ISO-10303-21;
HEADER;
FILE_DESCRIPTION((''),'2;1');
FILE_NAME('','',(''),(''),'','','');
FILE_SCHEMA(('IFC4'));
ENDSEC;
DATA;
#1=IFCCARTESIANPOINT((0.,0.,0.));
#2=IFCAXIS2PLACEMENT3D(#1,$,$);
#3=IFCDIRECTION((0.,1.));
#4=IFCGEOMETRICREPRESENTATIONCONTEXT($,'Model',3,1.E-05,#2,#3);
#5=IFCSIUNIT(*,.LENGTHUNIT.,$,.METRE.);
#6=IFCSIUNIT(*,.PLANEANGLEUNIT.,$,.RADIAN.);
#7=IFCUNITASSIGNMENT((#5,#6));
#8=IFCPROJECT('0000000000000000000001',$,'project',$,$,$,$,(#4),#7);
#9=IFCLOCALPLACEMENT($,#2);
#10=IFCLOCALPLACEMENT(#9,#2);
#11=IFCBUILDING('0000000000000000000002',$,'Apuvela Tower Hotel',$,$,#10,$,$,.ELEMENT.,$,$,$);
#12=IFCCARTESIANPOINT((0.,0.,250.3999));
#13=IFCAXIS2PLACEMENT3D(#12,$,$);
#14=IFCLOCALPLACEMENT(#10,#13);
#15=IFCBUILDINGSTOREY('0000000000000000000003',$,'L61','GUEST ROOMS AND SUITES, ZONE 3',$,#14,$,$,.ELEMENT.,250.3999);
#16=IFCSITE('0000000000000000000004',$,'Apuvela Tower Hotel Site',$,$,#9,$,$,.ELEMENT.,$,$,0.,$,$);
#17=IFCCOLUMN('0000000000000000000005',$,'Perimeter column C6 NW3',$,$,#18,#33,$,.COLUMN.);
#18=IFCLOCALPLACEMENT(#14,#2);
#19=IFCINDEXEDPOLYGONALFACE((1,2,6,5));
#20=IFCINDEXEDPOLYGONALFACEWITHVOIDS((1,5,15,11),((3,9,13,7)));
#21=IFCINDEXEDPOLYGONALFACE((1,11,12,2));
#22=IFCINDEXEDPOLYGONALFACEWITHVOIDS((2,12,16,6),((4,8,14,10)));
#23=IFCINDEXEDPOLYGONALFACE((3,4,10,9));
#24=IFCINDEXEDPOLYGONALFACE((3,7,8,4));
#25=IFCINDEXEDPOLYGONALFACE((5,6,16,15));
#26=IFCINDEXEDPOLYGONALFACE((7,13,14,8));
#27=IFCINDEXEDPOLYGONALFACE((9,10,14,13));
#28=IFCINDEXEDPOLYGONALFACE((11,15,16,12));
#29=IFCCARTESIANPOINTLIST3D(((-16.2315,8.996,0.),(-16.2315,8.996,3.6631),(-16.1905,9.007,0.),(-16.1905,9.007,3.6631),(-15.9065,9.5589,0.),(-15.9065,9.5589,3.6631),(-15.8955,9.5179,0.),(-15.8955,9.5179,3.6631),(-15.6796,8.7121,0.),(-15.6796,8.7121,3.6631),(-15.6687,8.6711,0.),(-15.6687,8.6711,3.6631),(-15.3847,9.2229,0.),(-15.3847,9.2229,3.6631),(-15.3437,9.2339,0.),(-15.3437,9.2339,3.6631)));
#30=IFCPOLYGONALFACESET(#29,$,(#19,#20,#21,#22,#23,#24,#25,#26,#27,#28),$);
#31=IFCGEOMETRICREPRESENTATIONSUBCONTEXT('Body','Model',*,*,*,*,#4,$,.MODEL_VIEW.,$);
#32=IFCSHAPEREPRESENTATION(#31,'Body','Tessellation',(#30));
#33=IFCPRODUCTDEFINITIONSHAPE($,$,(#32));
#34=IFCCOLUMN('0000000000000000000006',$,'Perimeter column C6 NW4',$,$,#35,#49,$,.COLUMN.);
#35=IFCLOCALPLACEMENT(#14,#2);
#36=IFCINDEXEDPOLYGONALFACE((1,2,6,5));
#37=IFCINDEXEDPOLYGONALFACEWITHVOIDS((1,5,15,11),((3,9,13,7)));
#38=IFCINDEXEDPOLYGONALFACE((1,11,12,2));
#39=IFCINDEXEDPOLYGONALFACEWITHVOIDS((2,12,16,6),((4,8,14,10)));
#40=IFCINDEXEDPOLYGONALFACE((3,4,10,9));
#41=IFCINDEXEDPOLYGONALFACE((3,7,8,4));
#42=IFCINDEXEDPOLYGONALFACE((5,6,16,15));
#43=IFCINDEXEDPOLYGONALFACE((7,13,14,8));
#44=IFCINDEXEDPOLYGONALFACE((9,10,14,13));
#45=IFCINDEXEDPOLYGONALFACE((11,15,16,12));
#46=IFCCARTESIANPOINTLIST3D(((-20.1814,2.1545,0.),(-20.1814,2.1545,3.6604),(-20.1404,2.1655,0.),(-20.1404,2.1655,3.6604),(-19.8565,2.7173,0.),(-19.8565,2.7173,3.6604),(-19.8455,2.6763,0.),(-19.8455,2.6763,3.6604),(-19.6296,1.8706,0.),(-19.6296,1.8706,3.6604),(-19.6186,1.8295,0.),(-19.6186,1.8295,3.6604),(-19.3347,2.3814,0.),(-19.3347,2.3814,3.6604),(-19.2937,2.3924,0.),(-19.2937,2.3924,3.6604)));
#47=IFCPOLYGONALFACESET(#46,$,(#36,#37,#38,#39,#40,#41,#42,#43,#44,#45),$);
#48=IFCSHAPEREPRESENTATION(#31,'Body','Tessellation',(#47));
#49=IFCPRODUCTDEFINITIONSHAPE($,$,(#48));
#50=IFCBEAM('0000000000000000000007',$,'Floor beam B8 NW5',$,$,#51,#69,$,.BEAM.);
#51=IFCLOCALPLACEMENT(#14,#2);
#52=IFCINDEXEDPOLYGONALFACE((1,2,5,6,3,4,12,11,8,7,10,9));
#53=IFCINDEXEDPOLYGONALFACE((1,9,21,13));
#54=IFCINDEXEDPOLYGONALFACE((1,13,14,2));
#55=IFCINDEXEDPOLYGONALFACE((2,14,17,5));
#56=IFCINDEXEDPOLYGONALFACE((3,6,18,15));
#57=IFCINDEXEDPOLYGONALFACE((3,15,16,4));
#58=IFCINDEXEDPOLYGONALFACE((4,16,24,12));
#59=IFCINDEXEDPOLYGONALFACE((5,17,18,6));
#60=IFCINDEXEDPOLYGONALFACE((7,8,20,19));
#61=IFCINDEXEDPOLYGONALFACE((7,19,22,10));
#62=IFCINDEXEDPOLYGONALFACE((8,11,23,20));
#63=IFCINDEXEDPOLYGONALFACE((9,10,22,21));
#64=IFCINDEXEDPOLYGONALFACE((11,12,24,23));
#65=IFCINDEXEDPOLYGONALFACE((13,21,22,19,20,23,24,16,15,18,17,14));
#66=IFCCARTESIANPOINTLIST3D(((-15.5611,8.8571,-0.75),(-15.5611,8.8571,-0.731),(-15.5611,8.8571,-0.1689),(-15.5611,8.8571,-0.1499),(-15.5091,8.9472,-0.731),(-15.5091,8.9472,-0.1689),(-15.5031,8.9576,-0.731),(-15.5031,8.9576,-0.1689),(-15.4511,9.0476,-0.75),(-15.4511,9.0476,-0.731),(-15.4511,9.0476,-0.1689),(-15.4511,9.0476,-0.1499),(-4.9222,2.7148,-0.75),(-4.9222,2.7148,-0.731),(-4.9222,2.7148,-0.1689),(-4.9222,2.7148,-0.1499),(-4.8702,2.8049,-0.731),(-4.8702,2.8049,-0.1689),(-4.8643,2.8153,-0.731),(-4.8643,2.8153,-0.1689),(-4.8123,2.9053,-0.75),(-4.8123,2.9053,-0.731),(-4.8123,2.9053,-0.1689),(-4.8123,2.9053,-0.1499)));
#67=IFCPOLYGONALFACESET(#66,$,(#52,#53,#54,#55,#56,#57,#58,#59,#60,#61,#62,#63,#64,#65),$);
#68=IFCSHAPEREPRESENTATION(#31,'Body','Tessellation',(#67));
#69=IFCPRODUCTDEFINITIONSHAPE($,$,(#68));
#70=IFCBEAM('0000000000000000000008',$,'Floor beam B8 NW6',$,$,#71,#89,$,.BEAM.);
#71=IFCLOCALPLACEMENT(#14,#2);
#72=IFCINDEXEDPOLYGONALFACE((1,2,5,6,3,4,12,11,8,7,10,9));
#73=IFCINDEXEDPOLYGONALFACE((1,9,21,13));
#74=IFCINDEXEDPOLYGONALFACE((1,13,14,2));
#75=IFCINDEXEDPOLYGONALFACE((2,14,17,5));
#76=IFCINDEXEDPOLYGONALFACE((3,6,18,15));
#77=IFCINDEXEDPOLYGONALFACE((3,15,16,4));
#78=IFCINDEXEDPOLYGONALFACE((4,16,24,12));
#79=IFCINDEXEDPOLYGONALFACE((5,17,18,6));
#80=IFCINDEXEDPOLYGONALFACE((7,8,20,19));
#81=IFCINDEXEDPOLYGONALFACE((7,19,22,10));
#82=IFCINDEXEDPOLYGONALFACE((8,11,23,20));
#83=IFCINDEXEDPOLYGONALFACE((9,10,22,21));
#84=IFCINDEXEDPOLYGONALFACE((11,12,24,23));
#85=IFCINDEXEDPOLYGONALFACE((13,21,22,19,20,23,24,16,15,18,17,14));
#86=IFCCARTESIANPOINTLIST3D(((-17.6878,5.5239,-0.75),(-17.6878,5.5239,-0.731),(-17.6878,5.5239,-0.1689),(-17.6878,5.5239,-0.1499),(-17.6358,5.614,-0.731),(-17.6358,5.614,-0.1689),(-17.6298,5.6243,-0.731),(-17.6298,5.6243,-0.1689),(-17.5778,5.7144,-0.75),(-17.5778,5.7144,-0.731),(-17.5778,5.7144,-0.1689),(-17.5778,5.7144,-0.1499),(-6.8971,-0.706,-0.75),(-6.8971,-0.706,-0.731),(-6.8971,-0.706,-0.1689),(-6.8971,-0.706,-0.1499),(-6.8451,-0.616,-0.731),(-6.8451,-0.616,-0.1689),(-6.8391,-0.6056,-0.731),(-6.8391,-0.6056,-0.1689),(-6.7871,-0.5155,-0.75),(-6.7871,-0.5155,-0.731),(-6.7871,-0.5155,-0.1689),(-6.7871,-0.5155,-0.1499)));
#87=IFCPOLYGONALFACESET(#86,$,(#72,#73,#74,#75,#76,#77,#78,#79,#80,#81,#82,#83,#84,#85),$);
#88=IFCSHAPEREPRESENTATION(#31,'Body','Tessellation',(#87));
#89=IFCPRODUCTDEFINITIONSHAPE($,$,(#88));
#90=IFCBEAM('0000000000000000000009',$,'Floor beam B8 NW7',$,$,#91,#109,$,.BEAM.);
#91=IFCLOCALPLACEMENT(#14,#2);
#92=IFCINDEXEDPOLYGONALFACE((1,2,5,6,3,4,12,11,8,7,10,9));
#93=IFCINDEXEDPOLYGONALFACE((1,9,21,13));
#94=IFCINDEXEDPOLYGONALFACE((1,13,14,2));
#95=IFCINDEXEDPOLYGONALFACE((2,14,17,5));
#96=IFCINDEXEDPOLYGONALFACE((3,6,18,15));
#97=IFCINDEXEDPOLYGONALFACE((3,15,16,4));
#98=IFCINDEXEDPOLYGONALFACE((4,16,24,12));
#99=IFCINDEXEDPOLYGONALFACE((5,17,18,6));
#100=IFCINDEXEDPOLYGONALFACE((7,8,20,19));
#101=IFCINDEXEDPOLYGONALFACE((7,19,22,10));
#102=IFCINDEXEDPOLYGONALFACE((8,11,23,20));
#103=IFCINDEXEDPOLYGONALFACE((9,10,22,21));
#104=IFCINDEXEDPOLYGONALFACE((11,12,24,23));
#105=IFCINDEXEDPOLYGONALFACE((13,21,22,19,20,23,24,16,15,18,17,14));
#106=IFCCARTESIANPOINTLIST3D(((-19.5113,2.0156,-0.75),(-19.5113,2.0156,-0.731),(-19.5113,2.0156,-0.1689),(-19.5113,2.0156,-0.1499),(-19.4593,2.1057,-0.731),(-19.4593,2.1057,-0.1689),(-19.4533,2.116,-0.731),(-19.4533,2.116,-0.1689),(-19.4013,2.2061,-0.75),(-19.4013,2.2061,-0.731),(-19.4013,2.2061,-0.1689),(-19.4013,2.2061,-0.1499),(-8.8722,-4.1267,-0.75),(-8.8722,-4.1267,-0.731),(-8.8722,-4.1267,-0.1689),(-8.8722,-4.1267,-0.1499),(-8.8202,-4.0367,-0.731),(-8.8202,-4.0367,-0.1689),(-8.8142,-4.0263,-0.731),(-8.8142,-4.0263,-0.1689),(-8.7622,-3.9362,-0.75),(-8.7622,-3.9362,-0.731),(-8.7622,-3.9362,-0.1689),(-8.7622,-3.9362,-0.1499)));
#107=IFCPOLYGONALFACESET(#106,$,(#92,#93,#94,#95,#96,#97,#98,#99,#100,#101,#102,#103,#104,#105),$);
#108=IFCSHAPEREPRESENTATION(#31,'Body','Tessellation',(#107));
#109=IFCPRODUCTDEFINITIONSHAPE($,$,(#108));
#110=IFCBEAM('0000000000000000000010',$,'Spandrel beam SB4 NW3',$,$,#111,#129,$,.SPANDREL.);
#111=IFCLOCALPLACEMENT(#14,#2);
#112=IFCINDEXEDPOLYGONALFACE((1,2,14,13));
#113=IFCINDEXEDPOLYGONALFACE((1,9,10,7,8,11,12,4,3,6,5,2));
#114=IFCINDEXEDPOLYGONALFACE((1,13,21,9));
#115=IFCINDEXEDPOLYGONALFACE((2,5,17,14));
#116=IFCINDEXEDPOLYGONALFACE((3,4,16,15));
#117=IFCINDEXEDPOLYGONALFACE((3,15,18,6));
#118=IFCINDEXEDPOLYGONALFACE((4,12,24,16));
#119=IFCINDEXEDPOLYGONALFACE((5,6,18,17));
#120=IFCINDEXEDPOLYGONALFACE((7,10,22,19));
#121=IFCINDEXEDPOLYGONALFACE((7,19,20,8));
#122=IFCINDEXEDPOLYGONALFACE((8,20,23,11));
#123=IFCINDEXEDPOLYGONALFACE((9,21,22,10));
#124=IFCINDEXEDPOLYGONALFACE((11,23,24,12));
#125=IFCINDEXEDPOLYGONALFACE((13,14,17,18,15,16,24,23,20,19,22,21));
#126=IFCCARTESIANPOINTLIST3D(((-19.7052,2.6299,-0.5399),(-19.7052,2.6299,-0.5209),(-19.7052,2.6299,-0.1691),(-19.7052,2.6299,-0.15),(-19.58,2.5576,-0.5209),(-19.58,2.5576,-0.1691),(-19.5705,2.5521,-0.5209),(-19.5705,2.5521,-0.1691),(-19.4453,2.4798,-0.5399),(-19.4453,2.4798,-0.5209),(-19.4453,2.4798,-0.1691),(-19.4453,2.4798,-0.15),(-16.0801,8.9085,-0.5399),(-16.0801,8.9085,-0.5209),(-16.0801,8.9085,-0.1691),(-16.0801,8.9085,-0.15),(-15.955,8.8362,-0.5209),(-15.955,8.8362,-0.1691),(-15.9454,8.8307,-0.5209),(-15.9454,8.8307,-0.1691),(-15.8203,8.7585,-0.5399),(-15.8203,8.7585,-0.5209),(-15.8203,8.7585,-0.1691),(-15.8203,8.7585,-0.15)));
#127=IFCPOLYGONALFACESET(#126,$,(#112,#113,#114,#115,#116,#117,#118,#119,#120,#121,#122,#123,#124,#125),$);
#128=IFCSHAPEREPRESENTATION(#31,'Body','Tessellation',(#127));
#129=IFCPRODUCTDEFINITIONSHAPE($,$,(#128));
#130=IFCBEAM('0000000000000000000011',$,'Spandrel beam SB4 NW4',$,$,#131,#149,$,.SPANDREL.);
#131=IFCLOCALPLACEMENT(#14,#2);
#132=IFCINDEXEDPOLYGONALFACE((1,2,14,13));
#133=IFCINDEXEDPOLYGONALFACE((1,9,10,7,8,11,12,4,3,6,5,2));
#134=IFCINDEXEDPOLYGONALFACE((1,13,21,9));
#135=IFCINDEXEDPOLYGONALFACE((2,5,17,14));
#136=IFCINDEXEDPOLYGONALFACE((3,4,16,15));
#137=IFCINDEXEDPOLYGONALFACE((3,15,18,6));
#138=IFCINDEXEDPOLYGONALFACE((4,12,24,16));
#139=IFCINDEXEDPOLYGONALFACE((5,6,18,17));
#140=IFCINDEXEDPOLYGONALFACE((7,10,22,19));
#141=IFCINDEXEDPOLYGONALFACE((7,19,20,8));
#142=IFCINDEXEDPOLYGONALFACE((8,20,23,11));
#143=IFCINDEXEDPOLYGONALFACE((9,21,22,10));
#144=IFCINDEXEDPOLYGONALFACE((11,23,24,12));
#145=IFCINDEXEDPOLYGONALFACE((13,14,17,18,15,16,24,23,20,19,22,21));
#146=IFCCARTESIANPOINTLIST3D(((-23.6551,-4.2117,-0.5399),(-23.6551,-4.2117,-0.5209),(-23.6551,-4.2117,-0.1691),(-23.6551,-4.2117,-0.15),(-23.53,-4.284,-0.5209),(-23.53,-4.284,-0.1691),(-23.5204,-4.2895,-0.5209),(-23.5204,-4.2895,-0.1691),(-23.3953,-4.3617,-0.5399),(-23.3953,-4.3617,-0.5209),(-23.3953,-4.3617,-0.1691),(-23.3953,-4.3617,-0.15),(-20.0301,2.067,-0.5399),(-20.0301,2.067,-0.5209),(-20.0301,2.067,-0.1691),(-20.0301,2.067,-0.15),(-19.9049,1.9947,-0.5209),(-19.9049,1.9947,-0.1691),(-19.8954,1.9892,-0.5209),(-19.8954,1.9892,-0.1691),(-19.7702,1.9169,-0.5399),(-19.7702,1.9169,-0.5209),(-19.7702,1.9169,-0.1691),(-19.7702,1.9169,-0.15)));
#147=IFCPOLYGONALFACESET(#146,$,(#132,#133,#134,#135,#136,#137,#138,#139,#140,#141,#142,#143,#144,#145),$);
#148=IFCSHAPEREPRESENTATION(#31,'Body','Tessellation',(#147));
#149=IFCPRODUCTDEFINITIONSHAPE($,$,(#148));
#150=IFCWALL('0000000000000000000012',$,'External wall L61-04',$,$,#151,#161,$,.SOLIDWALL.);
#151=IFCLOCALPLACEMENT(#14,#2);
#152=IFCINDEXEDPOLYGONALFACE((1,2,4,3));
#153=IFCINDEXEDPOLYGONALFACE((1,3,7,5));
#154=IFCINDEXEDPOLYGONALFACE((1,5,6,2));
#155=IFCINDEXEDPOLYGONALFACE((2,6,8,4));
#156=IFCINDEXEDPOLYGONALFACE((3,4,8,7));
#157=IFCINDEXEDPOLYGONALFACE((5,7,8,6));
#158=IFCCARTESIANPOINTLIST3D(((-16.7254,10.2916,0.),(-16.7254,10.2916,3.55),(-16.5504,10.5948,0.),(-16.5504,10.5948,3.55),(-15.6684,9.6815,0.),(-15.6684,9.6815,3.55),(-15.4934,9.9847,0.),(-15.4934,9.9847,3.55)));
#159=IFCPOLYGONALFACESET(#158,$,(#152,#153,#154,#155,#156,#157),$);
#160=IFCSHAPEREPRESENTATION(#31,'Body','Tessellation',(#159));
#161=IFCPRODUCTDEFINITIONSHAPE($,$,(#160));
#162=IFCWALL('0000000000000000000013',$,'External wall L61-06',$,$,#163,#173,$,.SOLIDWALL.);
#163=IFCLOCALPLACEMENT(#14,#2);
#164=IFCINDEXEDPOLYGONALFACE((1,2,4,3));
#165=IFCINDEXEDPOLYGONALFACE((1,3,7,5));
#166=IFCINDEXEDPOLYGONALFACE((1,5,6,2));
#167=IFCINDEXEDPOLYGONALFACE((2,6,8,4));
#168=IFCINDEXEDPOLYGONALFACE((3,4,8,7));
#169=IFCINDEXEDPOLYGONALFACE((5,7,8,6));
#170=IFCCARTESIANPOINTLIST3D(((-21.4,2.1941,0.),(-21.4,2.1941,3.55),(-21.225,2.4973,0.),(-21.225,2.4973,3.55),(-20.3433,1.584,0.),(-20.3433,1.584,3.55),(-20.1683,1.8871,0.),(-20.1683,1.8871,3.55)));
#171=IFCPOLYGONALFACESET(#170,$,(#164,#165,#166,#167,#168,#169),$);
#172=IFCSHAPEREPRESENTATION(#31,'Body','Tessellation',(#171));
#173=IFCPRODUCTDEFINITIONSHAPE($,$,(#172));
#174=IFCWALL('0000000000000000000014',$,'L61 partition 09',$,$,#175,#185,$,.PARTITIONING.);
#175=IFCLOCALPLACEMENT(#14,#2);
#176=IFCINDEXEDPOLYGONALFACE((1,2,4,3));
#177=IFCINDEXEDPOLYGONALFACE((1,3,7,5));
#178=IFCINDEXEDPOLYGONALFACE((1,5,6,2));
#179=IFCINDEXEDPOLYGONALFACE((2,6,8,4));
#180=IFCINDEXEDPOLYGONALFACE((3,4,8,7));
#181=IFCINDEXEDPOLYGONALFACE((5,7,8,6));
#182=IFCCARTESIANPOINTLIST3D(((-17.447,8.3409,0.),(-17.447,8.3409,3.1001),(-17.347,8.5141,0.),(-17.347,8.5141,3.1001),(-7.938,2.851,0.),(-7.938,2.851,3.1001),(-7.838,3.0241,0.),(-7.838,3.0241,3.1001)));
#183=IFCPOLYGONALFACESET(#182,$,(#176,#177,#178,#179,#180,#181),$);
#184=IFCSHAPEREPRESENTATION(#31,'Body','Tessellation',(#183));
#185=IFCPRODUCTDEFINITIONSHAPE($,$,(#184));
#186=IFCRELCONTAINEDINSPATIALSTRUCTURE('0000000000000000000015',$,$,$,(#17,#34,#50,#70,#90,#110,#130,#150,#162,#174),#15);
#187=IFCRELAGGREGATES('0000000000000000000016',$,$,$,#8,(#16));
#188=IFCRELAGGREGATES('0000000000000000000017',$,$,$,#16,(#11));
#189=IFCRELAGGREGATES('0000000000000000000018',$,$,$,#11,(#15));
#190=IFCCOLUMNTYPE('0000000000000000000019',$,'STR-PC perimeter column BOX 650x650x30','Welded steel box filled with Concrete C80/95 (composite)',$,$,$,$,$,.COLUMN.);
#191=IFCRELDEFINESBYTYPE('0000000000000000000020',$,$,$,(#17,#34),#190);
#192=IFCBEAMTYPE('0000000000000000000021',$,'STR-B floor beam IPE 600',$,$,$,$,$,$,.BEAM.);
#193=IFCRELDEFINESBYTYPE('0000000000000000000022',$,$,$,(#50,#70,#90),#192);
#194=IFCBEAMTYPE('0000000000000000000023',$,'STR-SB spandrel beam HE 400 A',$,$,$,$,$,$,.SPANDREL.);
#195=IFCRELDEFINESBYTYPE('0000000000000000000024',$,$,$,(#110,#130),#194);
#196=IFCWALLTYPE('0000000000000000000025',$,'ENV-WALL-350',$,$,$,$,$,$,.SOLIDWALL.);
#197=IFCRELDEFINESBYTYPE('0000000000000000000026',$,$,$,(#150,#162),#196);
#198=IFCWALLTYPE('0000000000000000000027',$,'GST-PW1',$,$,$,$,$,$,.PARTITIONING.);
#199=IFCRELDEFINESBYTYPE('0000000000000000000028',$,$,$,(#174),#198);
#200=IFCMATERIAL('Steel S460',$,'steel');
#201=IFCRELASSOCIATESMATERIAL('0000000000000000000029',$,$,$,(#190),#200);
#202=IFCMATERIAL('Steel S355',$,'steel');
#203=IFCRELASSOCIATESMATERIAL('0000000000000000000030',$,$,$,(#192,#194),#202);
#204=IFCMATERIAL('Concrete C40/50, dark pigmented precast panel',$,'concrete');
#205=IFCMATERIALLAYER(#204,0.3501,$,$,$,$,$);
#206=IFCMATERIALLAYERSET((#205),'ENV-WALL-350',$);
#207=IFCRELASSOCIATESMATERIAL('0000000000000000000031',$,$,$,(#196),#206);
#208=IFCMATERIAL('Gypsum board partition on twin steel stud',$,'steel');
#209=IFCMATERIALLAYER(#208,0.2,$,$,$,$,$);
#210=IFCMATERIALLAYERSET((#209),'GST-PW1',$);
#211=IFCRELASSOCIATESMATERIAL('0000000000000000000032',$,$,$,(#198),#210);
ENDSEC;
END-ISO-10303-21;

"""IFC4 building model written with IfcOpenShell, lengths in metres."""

from ifc_helpers import new_model, si_unit, direction, frame, frame_2d, origin, origin_2d, place, context, subcontext, project, spatial, rectangle, hollow_rectangle, i_section, extrude, boolean, halfspace, material, layer, layer_set, material_profile, profile_set, type_object, element, save


model = new_model("IFC4")

# Units and contexts
model_context = context("Model", 3, precision=1e-05, world=origin(), true_north=direction((0.0, 1.0)))
body_context = subcontext(model_context, "Body", "Model", "MODEL_VIEW")
ifc_project = project(units=[si_unit("LENGTHUNIT", "METRE"), si_unit("PLANEANGLEUNIT", "RADIAN")], contexts=[model_context])

# Site, building, storey
site_placement = place(None, origin())
site = spatial("IfcSite", under=ifc_project, at=site_placement, Name="Apuvela Tower Hotel Site", CompositionType="ELEMENT", RefElevation=0.0)
building_placement = place(site_placement, origin())
building = spatial("IfcBuilding", under=site, at=building_placement, Name="Apuvela Tower Hotel", CompositionType="ELEMENT")
storey_placement = place(building_placement, frame((0.0, 0.0, 250.3999)))
storey = spatial("IfcBuildingStorey", under=building, at=storey_placement, Name="L61", Description="GUEST ROOMS AND SUITES, ZONE 3", CompositionType="ELEMENT", Elevation=250.3999)

# Columns
ifc_material_1 = material(Name="Steel S460", Category="steel")
ifc_material_profile_1 = material_profile(ifc_material_1, hollow_rectangle(XDim=0.6499, YDim=0.6499, WallThickness=0.03, at=origin_2d()), Name="BOX 650x650x30")
ifc_material_2 = material(Name="Concrete C80/95", Category="concrete")
ifc_material_profile_2 = material_profile(ifc_material_2, rectangle(XDim=0.5901, YDim=0.5901, at=origin_2d()), Name="Concrete C80/95 infill")
ifc_profile_set_1 = profile_set([ifc_material_profile_1, ifc_material_profile_2], Name="Steel S460")
column_type = type_object("IfcColumnType", Name="STR-PC perimeter column BOX 650x650x30", Description="Welded steel box filled with Concrete C80/95 (composite)", PredefinedType="COLUMN", material=ifc_profile_set_1)
column_1_placement = place(storey_placement, frame((-15.7876, 9.115, 0.0), z_axis=(0.0, 0.0, 1.0), x_axis=(0.5, 0.866025, 0.0)))
element("IfcColumn", 1, at=column_1_placement, inside=storey, type_object=column_type, Name="Perimeter column C6 NW3", PredefinedType="COLUMN", context=body_context, shape_type="SweptSolid", body=[
    boolean("DIFFERENCE", extrude(hollow_rectangle(XDim=0.6499, YDim=0.6499, WallThickness=0.03, at=origin_2d()), origin(), (0.0, 0.0, 1.0), 3.7002), halfspace(frame((0.0, 0.0, 3.6631), z_axis=(0.0, 0.0, 1.0), x_axis=(1.0, 0.0, 0.0)), False)),
])
column_2_placement = place(storey_placement, frame((-19.7375, 2.2734, 0.0), z_axis=(0.0, 0.0, 1.0), x_axis=(0.5, 0.866025, 0.0)))
element("IfcColumn", 2, at=column_2_placement, inside=storey, type_object=column_type, Name="Perimeter column C6 NW4", PredefinedType="COLUMN", context=body_context, shape_type="SweptSolid", body=[
    boolean("DIFFERENCE", extrude(hollow_rectangle(XDim=0.6499, YDim=0.6499, WallThickness=0.03, at=origin_2d()), origin(), (0.0, 0.0, 1.0), 3.7002), halfspace(frame((0.0, 0.0, 3.6604), z_axis=(0.0, 0.0, 1.0), x_axis=(1.0, 0.0, 0.0)), False)),
])

# Beams
ifc_material_3 = material(Name="Steel S355", Category="steel")
ifc_material_profile_3 = material_profile(ifc_material_3, i_section(OverallWidth=0.22, OverallDepth=0.6001, WebThickness=0.012, FlangeThickness=0.019, at=origin_2d()), Name="IPE 600")
ifc_profile_set_2 = profile_set([ifc_material_profile_3], Name="Steel S355")
beam_type_1 = type_object("IfcBeamType", Name="STR-B floor beam IPE 600", PredefinedType="BEAM", material=ifc_profile_set_2)
beam_1_placement = place(storey_placement, frame((-15.5061, 8.9524, -0.45), z_axis=(0.866027, -0.499997, 0.0), x_axis=(0.499997, 0.866027, 0.0)))
element("IfcBeam", 3, at=beam_1_placement, inside=storey, type_object=beam_type_1, Name="Floor beam B8 NW5", PredefinedType="BEAM", context=body_context, shape_type="SweptSolid", body=[
    extrude(i_section(OverallWidth=0.22, OverallDepth=0.6001, WebThickness=0.012, FlangeThickness=0.019, at=origin_2d()), origin(), (0.0, 0.0, 1.0), 12.2847),
])
beam_2_placement = place(storey_placement, frame((-17.6328, 5.6191, -0.45), z_axis=(0.866028, -0.499996, 0.0), x_axis=(0.499996, 0.866028, 0.0)))
element("IfcBeam", 4, at=beam_2_placement, inside=storey, type_object=beam_type_1, Name="Floor beam B8 NW6", PredefinedType="BEAM", context=body_context, shape_type="SweptSolid", body=[
    extrude(i_section(OverallWidth=0.22, OverallDepth=0.6001, WebThickness=0.012, FlangeThickness=0.019, at=origin_2d()), origin(), (0.0, 0.0, 1.0), 12.46),
])
beam_3_placement = place(storey_placement, frame((-19.4563, 2.1108, -0.45), z_axis=(0.866032, -0.499989, 0.0), x_axis=(0.499989, 0.866032, 0.0)))
element("IfcBeam", 5, at=beam_3_placement, inside=storey, type_object=beam_type_1, Name="Floor beam B8 NW7", PredefinedType="BEAM", context=body_context, shape_type="SweptSolid", body=[
    extrude(i_section(OverallWidth=0.22, OverallDepth=0.6001, WebThickness=0.012, FlangeThickness=0.019, at=origin_2d()), origin(), (0.0, 0.0, 1.0), 12.2849),
])
ifc_material_profile_4 = material_profile(ifc_material_3, i_section(OverallWidth=0.3, OverallDepth=0.3899, WebThickness=0.011, FlangeThickness=0.019, at=origin_2d()), Name="HE 400 A")
ifc_profile_set_3 = profile_set([ifc_material_profile_4], Name="Steel S355")
beam_type_2 = type_object("IfcBeamType", Name="STR-SB spandrel beam HE 400 A", PredefinedType="SPANDREL", material=ifc_profile_set_3)
for number, where, z_axis, x_axis, name in (
    (6, (-15.9502, 8.8335, -0.345), (-0.500007, -0.866021, 0.0), (0.866021, -0.500007, 0.0), "Spandrel beam SB4 NW3"),
    (7, (-19.9001, 1.9919, -0.345), (-0.500007, -0.866021, 0.0), (0.866021, -0.500007, 0.0), "Spandrel beam SB4 NW4"),
):
    element("IfcBeam", number, at=place(storey_placement, frame(where, z_axis=z_axis, x_axis=x_axis)), inside=storey, type_object=beam_type_2, Name=name, PredefinedType="SPANDREL", context=body_context, shape_type="SweptSolid", body=[
        extrude(i_section(OverallWidth=0.3, OverallDepth=0.3899, WebThickness=0.011, FlangeThickness=0.019, at=origin_2d()), origin(), (0.0, 0.0, 1.0), 7.25),
    ])

# Wall
ifc_material_4 = material(Name="Concrete C40/50, dark pigmented precast panel", Category="concrete")
ifc_layer_1 = layer(ifc_material_4, 0.3501)
ifc_layer_set_1 = layer_set([ifc_layer_1], Name="ENV-WALL-350")
wall_type_1 = type_object("IfcWallType", Name="ENV-WALL-350", PredefinedType="SOLIDWALL", material=ifc_layer_set_1)
wall_1_placement = place(storey_placement, frame((-15.5808, 9.833, 0.0), z_axis=(0.0, 0.0, 1.0), x_axis=(-0.866056, 0.499948, 0.0)))
element("IfcWall", 8, at=wall_1_placement, inside=storey, type_object=wall_type_1, Name="External wall L61-04", PredefinedType="SOLIDWALL", context=body_context, shape_type="SweptSolid", body=[
    extrude(rectangle(XDim=1.2205, YDim=0.3501, at=frame_2d((0.6104, 0.0))), origin(), (0.0, 0.0, 1.0), 3.55),
])

# Wall
wall_2_placement = place(storey_placement, frame((-21.3125, 2.3457, 0.0), z_axis=(0.0, 0.0, 1.0), x_axis=(0.866006, -0.500034, 0.0)))
element("IfcWall", 9, at=wall_2_placement, inside=storey, type_object=wall_type_1, Name="External wall L61-06", PredefinedType="SOLIDWALL", context=body_context, shape_type="SweptSolid", body=[
    extrude(rectangle(XDim=1.2202, YDim=0.3501, at=frame_2d((0.6101, 0.0))), origin(), (0.0, 0.0, 1.0), 3.55),
])

# Wall
ifc_material_5 = material(Name="Gypsum board partition on twin steel stud", Category="steel")
ifc_layer_2 = layer(ifc_material_5, 0.2)
ifc_layer_set_2 = layer_set([ifc_layer_2], Name="GST-PW1")
wall_type_2 = type_object("IfcWallType", Name="GST-PW1", PredefinedType="PARTITIONING", material=ifc_layer_set_2)
for number, where, z_axis, x_axis, name in (
    (10, (-17.397, 8.4275, 0.0), (0.0, 0.0, 1.0), (0.866027, -0.499996, 0.0), "L61 partition 09"),
):
    element("IfcWall", number, at=place(storey_placement, frame(where, z_axis=z_axis, x_axis=x_axis)), inside=storey, type_object=wall_type_2, Name=name, PredefinedType="PARTITIONING", context=body_context, shape_type="SweptSolid", body=[
        extrude(rectangle(XDim=10.98, YDim=0.2, at=frame_2d((5.49, 0.0))), origin(), (0.0, 0.0, 1.0), 3.1001),
    ])

save(model, "model.ifc")
